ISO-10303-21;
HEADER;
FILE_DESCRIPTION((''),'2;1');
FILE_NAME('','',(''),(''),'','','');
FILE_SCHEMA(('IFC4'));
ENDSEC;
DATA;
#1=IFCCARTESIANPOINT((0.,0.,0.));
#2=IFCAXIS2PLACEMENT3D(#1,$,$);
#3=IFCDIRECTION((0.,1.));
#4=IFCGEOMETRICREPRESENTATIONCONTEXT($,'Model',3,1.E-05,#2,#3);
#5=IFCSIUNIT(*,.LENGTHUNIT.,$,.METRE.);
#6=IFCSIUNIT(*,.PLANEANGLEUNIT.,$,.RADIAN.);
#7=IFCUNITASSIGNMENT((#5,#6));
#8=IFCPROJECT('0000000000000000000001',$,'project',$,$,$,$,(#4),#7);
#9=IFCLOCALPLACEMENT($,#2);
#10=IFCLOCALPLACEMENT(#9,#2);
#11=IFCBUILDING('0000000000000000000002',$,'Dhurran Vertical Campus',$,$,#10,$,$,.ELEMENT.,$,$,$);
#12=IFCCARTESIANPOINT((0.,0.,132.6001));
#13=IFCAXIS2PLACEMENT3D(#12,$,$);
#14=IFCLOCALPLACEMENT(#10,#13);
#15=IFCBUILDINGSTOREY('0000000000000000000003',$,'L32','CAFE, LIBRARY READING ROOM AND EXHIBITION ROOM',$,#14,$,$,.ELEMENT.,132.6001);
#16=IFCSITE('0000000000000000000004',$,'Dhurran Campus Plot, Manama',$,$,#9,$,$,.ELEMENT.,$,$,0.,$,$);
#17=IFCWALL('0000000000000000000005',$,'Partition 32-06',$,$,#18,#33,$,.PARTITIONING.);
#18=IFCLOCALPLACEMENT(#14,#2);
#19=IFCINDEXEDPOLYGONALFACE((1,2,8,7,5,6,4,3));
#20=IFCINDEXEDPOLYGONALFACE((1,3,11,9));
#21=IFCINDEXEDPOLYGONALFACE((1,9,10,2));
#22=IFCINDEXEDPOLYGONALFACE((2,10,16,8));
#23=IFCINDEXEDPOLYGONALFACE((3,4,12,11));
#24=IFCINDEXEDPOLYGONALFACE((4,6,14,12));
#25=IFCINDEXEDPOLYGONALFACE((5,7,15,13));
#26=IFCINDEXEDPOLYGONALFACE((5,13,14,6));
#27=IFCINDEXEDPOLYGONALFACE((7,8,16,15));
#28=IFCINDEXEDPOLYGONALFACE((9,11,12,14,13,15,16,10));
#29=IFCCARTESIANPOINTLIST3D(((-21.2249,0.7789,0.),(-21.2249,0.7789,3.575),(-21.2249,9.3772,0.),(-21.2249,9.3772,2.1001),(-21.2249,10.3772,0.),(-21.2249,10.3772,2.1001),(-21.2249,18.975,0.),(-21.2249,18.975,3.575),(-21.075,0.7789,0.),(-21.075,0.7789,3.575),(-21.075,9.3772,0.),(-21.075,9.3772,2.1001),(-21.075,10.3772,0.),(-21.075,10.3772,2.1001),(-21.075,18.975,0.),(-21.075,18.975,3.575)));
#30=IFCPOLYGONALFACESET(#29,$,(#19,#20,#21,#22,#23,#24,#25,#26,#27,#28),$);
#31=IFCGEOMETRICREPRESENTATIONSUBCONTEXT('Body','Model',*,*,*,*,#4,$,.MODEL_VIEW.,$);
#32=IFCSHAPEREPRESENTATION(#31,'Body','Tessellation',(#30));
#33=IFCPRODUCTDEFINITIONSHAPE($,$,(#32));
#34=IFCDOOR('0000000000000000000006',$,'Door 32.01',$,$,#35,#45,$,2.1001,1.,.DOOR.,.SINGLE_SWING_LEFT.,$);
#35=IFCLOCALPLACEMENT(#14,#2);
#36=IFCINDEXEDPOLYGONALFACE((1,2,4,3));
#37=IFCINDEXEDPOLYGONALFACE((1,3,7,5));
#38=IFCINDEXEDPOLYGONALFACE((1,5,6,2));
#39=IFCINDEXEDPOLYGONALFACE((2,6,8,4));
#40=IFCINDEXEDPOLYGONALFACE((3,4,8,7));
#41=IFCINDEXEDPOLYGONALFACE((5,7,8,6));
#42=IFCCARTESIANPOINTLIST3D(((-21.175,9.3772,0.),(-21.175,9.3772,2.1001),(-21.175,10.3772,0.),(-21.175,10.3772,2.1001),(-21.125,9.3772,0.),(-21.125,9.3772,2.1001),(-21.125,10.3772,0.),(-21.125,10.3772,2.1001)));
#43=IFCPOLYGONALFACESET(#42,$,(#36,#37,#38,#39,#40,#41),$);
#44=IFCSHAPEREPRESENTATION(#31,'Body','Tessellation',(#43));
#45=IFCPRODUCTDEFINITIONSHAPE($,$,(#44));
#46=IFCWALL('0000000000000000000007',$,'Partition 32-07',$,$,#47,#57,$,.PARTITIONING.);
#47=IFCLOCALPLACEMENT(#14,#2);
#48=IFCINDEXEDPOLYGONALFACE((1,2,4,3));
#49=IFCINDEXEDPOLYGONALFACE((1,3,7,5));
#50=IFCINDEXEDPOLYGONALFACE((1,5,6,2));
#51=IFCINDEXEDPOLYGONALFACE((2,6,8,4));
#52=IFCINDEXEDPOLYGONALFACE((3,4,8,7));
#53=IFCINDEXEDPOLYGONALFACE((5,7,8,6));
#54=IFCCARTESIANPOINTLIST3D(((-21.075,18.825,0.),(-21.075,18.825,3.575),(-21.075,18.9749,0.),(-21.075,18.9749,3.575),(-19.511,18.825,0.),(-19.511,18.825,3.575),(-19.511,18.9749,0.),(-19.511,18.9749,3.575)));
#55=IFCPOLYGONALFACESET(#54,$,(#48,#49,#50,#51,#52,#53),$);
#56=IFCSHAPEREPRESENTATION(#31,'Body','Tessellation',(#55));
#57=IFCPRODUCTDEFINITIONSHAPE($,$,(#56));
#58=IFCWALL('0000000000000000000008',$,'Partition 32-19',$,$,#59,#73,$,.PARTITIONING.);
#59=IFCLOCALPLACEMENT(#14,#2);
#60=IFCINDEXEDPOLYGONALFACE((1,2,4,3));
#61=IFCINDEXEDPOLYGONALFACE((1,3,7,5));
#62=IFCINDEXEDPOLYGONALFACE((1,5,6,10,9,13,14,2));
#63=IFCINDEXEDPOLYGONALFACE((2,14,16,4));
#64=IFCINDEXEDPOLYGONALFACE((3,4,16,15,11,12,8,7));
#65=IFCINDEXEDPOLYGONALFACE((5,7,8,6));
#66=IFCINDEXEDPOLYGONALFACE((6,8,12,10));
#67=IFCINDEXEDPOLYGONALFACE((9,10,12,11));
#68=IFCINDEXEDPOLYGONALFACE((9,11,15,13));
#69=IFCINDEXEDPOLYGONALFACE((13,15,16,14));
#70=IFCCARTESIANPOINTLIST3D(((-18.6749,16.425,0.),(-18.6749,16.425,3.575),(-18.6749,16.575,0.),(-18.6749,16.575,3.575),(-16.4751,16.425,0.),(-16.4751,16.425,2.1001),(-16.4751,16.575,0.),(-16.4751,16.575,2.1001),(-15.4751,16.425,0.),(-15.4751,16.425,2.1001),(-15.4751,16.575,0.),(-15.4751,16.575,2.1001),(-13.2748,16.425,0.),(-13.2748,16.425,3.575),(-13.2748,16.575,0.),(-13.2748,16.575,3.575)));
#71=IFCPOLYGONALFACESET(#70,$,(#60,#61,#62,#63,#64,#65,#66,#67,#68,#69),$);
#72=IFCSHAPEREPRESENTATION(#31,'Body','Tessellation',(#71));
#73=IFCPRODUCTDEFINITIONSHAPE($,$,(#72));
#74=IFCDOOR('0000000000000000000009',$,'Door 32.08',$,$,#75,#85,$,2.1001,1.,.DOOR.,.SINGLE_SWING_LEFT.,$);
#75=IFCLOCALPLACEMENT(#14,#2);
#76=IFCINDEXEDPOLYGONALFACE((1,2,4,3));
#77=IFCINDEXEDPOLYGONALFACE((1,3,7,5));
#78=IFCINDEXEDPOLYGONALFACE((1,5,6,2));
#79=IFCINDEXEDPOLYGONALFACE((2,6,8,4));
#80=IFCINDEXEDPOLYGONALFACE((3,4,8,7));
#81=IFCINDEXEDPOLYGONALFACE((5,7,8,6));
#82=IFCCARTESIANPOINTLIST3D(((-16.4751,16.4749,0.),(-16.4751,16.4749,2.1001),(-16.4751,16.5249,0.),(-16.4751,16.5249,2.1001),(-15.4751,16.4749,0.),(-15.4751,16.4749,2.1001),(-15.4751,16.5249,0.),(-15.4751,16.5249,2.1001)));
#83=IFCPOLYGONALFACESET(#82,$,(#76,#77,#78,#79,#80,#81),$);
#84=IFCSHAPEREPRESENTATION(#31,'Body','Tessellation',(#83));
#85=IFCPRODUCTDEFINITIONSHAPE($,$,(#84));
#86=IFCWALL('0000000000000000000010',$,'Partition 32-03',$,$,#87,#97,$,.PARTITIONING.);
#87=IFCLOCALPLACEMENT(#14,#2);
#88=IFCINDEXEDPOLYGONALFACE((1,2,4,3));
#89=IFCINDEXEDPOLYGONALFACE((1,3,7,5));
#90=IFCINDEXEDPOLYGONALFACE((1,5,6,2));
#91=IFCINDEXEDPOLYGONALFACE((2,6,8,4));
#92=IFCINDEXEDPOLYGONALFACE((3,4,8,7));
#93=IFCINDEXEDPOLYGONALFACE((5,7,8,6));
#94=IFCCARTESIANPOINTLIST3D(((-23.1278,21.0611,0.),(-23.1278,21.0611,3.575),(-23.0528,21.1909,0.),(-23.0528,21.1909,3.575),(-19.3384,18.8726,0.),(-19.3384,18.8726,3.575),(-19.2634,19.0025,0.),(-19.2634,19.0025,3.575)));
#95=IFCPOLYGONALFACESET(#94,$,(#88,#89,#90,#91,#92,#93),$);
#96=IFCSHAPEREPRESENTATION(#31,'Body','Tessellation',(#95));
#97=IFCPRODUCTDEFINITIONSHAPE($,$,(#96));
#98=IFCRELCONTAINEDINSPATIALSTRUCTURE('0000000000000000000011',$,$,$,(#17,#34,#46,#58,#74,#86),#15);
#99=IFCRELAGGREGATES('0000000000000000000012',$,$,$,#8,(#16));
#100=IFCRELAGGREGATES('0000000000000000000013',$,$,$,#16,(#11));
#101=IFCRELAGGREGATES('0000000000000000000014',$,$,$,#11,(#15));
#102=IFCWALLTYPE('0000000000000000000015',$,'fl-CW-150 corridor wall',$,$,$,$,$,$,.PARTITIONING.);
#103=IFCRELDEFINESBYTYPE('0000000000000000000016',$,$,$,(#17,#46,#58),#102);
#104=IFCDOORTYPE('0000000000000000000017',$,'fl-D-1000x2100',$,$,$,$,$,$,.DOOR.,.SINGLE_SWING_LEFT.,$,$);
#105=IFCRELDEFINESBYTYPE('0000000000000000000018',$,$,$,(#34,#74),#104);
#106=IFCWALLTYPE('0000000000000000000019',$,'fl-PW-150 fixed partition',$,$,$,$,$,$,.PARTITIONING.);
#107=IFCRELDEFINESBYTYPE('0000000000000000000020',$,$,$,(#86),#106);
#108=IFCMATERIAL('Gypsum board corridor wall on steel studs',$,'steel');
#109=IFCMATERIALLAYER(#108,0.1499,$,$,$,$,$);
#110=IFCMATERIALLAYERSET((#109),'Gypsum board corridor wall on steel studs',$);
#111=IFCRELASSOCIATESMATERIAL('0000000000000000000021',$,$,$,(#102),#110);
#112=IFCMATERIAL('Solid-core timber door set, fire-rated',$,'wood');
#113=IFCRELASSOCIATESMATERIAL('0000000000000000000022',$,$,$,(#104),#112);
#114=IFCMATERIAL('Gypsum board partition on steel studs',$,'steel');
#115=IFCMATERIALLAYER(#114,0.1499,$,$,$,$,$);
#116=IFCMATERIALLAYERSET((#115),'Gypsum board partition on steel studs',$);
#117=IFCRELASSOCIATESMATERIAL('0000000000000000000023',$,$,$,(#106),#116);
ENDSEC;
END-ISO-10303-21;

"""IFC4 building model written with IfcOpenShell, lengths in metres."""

from ifc_helpers import new_model, si_unit, direction, frame, frame_2d, origin, place, context, subcontext, project, spatial, rectangle, extrude, material, layer, layer_set, type_object, element, fill, save


model = new_model("IFC4")

# Units and contexts
model_context = context("Model", 3, precision=1e-05, world=origin(), true_north=direction((0.0, 1.0)))
body_context = subcontext(model_context, "Body", "Model", "MODEL_VIEW")
ifc_project = project(units=[si_unit("LENGTHUNIT", "METRE"), si_unit("PLANEANGLEUNIT", "RADIAN")], contexts=[model_context])

# Site, building, storey
site_placement = place(None, origin())
site = spatial("IfcSite", under=ifc_project, at=site_placement, Name="Dhurran Campus Plot, Manama", CompositionType="ELEMENT", RefElevation=0.0)
building_placement = place(site_placement, origin())
building = spatial("IfcBuilding", under=site, at=building_placement, Name="Dhurran Vertical Campus", CompositionType="ELEMENT")
storey_placement = place(building_placement, frame((0.0, 0.0, 132.6001)))
storey = spatial("IfcBuildingStorey", under=building, at=storey_placement, Name="L32", Description="CAFE, LIBRARY READING ROOM AND EXHIBITION ROOM", CompositionType="ELEMENT", Elevation=132.6001)

# Wall, opening, door
ifc_material_1 = material(Name="Gypsum board corridor wall on steel studs", Category="steel")
ifc_layer_1 = layer(ifc_material_1, 0.1499)
ifc_layer_set_1 = layer_set([ifc_layer_1], Name="Gypsum board corridor wall on steel studs")
wall_type_1 = type_object("IfcWallType", Name="fl-CW-150 corridor wall", PredefinedType="PARTITIONING", material=ifc_layer_set_1)
wall_1_placement = place(storey_placement, frame((-21.1499, 18.9751, 0.0), z_axis=(0.0, 0.0, 1.0), x_axis=(0.0, -1.0, 0.0)))
wall_1 = element("IfcWall", 1, at=wall_1_placement, inside=storey, type_object=wall_type_1, Name="Partition 32-06", PredefinedType="PARTITIONING", context=body_context, shape_type="SweptSolid", body=[
    extrude(rectangle(XDim=18.196, YDim=0.1499, at=frame_2d((9.0981, 0.0))), origin(), (0.0, 0.0, 1.0), 3.575),
])
opening_1_placement = place(wall_1_placement, frame((8.5979, 0.0, 0.0)))
opening_1 = element("IfcOpeningElement", 2, at=opening_1_placement, cuts=wall_1, PredefinedType="OPENING", context=body_context, shape_type="SweptSolid", body=[
    extrude(rectangle(XDim=1.0, YDim=2.1001, at=frame_2d((0.5, 1.05))), frame((0.0, 0.085, 0.0), z_axis=(0.0, -1.0, 0.0), x_axis=(1.0, 0.0, 0.0)), (0.0, 0.0, 1.0), 0.1699),
])
ifc_material_2 = material(Name="Solid-core timber door set, fire-rated", Category="wood")
door_type = type_object("IfcDoorType", Name="fl-D-1000x2100", OperationType="SINGLE_SWING_LEFT", PredefinedType="DOOR", material=ifc_material_2)
door_1_placement = place(opening_1_placement, origin())
door_1 = element("IfcDoor", 3, at=door_1_placement, inside=storey, type_object=door_type, Name="Door 32.01", OperationType="SINGLE_SWING_LEFT", OverallHeight=2.1001, OverallWidth=1.0, PredefinedType="DOOR", context=body_context, shape_type="SweptSolid", body=[
    extrude(rectangle(XDim=1.0, YDim=2.1001, at=frame_2d((0.5, 1.05))), frame((0.0, 0.0249, 0.0), z_axis=(0.0, -1.0, 0.0), x_axis=(1.0, 0.0, 0.0)), (0.0, 0.0, 1.0), 0.05),
])
fill(opening_1, door_1)

# Wall
wall_2_placement = place(storey_placement, frame((-19.511, 18.8999, 0.0), z_axis=(0.0, 0.0, 1.0), x_axis=(-1.0, 0.0, 0.0)))
element("IfcWall", 4, at=wall_2_placement, inside=storey, type_object=wall_type_1, Name="Partition 32-07", PredefinedType="PARTITIONING", context=body_context, shape_type="SweptSolid", body=[
    extrude(rectangle(XDim=1.564, YDim=0.1499, at=frame_2d((0.782, 0.0))), origin(), (0.0, 0.0, 1.0), 3.575),
])

# Wall, opening, door
wall_3_placement = place(storey_placement, frame((-18.675, 16.5, 0.0), z_axis=(0.0, 0.0, 1.0), x_axis=(1.0, 0.0, 0.0)))
wall_3 = element("IfcWall", 5, at=wall_3_placement, inside=storey, type_object=wall_type_1, Name="Partition 32-19", PredefinedType="PARTITIONING", context=body_context, shape_type="SweptSolid", body=[
    extrude(rectangle(XDim=5.4001, YDim=0.1499, at=frame_2d((2.7002, 0.0))), origin(), (0.0, 0.0, 1.0), 3.575),
])
opening_2_placement = place(wall_3_placement, frame((2.2, 0.0, 0.0)))
opening_2 = element("IfcOpeningElement", 6, at=opening_2_placement, cuts=wall_3, PredefinedType="OPENING", context=body_context, shape_type="SweptSolid", body=[
    extrude(rectangle(XDim=1.0, YDim=2.1001, at=frame_2d((0.5, 1.05))), frame((0.0, 0.085, 0.0), z_axis=(0.0, -1.0, 0.0), x_axis=(1.0, 0.0, 0.0)), (0.0, 0.0, 1.0), 0.1699),
])
door_2_placement = place(opening_2_placement, origin())
door_2 = element("IfcDoor", 7, at=door_2_placement, inside=storey, type_object=door_type, Name="Door 32.08", OperationType="SINGLE_SWING_LEFT", OverallHeight=2.1001, OverallWidth=1.0, PredefinedType="DOOR", context=body_context, shape_type="SweptSolid", body=[
    extrude(rectangle(XDim=1.0, YDim=2.1001, at=frame_2d((0.5, 1.05))), frame((0.0, 0.0249, 0.0), z_axis=(0.0, -1.0, 0.0), x_axis=(1.0, 0.0, 0.0)), (0.0, 0.0, 1.0), 0.05),
])
fill(opening_2, door_2)

# Wall
ifc_material_3 = material(Name="Gypsum board partition on steel studs", Category="steel")
ifc_layer_2 = layer(ifc_material_3, 0.1499)
ifc_layer_set_2 = layer_set([ifc_layer_2], Name="Gypsum board partition on steel studs")
wall_type_2 = type_object("IfcWallType", Name="fl-PW-150 fixed partition", PredefinedType="PARTITIONING", material=ifc_layer_set_2)
wall_4_placement = place(storey_placement, frame((-23.0903, 21.126, 0.0), z_axis=(0.0, 0.0, 1.0), x_axis=(0.865968, -0.500099, 0.0)))
element("IfcWall", 8, at=wall_4_placement, inside=storey, type_object=wall_type_2, Name="Partition 32-03", PredefinedType="PARTITIONING", context=body_context, shape_type="SweptSolid", body=[
    extrude(rectangle(XDim=4.376, YDim=0.1499, at=frame_2d((2.188, 0.0))), origin(), (0.0, 0.0, 1.0), 3.575),
])

save(model, "model.ifc")
